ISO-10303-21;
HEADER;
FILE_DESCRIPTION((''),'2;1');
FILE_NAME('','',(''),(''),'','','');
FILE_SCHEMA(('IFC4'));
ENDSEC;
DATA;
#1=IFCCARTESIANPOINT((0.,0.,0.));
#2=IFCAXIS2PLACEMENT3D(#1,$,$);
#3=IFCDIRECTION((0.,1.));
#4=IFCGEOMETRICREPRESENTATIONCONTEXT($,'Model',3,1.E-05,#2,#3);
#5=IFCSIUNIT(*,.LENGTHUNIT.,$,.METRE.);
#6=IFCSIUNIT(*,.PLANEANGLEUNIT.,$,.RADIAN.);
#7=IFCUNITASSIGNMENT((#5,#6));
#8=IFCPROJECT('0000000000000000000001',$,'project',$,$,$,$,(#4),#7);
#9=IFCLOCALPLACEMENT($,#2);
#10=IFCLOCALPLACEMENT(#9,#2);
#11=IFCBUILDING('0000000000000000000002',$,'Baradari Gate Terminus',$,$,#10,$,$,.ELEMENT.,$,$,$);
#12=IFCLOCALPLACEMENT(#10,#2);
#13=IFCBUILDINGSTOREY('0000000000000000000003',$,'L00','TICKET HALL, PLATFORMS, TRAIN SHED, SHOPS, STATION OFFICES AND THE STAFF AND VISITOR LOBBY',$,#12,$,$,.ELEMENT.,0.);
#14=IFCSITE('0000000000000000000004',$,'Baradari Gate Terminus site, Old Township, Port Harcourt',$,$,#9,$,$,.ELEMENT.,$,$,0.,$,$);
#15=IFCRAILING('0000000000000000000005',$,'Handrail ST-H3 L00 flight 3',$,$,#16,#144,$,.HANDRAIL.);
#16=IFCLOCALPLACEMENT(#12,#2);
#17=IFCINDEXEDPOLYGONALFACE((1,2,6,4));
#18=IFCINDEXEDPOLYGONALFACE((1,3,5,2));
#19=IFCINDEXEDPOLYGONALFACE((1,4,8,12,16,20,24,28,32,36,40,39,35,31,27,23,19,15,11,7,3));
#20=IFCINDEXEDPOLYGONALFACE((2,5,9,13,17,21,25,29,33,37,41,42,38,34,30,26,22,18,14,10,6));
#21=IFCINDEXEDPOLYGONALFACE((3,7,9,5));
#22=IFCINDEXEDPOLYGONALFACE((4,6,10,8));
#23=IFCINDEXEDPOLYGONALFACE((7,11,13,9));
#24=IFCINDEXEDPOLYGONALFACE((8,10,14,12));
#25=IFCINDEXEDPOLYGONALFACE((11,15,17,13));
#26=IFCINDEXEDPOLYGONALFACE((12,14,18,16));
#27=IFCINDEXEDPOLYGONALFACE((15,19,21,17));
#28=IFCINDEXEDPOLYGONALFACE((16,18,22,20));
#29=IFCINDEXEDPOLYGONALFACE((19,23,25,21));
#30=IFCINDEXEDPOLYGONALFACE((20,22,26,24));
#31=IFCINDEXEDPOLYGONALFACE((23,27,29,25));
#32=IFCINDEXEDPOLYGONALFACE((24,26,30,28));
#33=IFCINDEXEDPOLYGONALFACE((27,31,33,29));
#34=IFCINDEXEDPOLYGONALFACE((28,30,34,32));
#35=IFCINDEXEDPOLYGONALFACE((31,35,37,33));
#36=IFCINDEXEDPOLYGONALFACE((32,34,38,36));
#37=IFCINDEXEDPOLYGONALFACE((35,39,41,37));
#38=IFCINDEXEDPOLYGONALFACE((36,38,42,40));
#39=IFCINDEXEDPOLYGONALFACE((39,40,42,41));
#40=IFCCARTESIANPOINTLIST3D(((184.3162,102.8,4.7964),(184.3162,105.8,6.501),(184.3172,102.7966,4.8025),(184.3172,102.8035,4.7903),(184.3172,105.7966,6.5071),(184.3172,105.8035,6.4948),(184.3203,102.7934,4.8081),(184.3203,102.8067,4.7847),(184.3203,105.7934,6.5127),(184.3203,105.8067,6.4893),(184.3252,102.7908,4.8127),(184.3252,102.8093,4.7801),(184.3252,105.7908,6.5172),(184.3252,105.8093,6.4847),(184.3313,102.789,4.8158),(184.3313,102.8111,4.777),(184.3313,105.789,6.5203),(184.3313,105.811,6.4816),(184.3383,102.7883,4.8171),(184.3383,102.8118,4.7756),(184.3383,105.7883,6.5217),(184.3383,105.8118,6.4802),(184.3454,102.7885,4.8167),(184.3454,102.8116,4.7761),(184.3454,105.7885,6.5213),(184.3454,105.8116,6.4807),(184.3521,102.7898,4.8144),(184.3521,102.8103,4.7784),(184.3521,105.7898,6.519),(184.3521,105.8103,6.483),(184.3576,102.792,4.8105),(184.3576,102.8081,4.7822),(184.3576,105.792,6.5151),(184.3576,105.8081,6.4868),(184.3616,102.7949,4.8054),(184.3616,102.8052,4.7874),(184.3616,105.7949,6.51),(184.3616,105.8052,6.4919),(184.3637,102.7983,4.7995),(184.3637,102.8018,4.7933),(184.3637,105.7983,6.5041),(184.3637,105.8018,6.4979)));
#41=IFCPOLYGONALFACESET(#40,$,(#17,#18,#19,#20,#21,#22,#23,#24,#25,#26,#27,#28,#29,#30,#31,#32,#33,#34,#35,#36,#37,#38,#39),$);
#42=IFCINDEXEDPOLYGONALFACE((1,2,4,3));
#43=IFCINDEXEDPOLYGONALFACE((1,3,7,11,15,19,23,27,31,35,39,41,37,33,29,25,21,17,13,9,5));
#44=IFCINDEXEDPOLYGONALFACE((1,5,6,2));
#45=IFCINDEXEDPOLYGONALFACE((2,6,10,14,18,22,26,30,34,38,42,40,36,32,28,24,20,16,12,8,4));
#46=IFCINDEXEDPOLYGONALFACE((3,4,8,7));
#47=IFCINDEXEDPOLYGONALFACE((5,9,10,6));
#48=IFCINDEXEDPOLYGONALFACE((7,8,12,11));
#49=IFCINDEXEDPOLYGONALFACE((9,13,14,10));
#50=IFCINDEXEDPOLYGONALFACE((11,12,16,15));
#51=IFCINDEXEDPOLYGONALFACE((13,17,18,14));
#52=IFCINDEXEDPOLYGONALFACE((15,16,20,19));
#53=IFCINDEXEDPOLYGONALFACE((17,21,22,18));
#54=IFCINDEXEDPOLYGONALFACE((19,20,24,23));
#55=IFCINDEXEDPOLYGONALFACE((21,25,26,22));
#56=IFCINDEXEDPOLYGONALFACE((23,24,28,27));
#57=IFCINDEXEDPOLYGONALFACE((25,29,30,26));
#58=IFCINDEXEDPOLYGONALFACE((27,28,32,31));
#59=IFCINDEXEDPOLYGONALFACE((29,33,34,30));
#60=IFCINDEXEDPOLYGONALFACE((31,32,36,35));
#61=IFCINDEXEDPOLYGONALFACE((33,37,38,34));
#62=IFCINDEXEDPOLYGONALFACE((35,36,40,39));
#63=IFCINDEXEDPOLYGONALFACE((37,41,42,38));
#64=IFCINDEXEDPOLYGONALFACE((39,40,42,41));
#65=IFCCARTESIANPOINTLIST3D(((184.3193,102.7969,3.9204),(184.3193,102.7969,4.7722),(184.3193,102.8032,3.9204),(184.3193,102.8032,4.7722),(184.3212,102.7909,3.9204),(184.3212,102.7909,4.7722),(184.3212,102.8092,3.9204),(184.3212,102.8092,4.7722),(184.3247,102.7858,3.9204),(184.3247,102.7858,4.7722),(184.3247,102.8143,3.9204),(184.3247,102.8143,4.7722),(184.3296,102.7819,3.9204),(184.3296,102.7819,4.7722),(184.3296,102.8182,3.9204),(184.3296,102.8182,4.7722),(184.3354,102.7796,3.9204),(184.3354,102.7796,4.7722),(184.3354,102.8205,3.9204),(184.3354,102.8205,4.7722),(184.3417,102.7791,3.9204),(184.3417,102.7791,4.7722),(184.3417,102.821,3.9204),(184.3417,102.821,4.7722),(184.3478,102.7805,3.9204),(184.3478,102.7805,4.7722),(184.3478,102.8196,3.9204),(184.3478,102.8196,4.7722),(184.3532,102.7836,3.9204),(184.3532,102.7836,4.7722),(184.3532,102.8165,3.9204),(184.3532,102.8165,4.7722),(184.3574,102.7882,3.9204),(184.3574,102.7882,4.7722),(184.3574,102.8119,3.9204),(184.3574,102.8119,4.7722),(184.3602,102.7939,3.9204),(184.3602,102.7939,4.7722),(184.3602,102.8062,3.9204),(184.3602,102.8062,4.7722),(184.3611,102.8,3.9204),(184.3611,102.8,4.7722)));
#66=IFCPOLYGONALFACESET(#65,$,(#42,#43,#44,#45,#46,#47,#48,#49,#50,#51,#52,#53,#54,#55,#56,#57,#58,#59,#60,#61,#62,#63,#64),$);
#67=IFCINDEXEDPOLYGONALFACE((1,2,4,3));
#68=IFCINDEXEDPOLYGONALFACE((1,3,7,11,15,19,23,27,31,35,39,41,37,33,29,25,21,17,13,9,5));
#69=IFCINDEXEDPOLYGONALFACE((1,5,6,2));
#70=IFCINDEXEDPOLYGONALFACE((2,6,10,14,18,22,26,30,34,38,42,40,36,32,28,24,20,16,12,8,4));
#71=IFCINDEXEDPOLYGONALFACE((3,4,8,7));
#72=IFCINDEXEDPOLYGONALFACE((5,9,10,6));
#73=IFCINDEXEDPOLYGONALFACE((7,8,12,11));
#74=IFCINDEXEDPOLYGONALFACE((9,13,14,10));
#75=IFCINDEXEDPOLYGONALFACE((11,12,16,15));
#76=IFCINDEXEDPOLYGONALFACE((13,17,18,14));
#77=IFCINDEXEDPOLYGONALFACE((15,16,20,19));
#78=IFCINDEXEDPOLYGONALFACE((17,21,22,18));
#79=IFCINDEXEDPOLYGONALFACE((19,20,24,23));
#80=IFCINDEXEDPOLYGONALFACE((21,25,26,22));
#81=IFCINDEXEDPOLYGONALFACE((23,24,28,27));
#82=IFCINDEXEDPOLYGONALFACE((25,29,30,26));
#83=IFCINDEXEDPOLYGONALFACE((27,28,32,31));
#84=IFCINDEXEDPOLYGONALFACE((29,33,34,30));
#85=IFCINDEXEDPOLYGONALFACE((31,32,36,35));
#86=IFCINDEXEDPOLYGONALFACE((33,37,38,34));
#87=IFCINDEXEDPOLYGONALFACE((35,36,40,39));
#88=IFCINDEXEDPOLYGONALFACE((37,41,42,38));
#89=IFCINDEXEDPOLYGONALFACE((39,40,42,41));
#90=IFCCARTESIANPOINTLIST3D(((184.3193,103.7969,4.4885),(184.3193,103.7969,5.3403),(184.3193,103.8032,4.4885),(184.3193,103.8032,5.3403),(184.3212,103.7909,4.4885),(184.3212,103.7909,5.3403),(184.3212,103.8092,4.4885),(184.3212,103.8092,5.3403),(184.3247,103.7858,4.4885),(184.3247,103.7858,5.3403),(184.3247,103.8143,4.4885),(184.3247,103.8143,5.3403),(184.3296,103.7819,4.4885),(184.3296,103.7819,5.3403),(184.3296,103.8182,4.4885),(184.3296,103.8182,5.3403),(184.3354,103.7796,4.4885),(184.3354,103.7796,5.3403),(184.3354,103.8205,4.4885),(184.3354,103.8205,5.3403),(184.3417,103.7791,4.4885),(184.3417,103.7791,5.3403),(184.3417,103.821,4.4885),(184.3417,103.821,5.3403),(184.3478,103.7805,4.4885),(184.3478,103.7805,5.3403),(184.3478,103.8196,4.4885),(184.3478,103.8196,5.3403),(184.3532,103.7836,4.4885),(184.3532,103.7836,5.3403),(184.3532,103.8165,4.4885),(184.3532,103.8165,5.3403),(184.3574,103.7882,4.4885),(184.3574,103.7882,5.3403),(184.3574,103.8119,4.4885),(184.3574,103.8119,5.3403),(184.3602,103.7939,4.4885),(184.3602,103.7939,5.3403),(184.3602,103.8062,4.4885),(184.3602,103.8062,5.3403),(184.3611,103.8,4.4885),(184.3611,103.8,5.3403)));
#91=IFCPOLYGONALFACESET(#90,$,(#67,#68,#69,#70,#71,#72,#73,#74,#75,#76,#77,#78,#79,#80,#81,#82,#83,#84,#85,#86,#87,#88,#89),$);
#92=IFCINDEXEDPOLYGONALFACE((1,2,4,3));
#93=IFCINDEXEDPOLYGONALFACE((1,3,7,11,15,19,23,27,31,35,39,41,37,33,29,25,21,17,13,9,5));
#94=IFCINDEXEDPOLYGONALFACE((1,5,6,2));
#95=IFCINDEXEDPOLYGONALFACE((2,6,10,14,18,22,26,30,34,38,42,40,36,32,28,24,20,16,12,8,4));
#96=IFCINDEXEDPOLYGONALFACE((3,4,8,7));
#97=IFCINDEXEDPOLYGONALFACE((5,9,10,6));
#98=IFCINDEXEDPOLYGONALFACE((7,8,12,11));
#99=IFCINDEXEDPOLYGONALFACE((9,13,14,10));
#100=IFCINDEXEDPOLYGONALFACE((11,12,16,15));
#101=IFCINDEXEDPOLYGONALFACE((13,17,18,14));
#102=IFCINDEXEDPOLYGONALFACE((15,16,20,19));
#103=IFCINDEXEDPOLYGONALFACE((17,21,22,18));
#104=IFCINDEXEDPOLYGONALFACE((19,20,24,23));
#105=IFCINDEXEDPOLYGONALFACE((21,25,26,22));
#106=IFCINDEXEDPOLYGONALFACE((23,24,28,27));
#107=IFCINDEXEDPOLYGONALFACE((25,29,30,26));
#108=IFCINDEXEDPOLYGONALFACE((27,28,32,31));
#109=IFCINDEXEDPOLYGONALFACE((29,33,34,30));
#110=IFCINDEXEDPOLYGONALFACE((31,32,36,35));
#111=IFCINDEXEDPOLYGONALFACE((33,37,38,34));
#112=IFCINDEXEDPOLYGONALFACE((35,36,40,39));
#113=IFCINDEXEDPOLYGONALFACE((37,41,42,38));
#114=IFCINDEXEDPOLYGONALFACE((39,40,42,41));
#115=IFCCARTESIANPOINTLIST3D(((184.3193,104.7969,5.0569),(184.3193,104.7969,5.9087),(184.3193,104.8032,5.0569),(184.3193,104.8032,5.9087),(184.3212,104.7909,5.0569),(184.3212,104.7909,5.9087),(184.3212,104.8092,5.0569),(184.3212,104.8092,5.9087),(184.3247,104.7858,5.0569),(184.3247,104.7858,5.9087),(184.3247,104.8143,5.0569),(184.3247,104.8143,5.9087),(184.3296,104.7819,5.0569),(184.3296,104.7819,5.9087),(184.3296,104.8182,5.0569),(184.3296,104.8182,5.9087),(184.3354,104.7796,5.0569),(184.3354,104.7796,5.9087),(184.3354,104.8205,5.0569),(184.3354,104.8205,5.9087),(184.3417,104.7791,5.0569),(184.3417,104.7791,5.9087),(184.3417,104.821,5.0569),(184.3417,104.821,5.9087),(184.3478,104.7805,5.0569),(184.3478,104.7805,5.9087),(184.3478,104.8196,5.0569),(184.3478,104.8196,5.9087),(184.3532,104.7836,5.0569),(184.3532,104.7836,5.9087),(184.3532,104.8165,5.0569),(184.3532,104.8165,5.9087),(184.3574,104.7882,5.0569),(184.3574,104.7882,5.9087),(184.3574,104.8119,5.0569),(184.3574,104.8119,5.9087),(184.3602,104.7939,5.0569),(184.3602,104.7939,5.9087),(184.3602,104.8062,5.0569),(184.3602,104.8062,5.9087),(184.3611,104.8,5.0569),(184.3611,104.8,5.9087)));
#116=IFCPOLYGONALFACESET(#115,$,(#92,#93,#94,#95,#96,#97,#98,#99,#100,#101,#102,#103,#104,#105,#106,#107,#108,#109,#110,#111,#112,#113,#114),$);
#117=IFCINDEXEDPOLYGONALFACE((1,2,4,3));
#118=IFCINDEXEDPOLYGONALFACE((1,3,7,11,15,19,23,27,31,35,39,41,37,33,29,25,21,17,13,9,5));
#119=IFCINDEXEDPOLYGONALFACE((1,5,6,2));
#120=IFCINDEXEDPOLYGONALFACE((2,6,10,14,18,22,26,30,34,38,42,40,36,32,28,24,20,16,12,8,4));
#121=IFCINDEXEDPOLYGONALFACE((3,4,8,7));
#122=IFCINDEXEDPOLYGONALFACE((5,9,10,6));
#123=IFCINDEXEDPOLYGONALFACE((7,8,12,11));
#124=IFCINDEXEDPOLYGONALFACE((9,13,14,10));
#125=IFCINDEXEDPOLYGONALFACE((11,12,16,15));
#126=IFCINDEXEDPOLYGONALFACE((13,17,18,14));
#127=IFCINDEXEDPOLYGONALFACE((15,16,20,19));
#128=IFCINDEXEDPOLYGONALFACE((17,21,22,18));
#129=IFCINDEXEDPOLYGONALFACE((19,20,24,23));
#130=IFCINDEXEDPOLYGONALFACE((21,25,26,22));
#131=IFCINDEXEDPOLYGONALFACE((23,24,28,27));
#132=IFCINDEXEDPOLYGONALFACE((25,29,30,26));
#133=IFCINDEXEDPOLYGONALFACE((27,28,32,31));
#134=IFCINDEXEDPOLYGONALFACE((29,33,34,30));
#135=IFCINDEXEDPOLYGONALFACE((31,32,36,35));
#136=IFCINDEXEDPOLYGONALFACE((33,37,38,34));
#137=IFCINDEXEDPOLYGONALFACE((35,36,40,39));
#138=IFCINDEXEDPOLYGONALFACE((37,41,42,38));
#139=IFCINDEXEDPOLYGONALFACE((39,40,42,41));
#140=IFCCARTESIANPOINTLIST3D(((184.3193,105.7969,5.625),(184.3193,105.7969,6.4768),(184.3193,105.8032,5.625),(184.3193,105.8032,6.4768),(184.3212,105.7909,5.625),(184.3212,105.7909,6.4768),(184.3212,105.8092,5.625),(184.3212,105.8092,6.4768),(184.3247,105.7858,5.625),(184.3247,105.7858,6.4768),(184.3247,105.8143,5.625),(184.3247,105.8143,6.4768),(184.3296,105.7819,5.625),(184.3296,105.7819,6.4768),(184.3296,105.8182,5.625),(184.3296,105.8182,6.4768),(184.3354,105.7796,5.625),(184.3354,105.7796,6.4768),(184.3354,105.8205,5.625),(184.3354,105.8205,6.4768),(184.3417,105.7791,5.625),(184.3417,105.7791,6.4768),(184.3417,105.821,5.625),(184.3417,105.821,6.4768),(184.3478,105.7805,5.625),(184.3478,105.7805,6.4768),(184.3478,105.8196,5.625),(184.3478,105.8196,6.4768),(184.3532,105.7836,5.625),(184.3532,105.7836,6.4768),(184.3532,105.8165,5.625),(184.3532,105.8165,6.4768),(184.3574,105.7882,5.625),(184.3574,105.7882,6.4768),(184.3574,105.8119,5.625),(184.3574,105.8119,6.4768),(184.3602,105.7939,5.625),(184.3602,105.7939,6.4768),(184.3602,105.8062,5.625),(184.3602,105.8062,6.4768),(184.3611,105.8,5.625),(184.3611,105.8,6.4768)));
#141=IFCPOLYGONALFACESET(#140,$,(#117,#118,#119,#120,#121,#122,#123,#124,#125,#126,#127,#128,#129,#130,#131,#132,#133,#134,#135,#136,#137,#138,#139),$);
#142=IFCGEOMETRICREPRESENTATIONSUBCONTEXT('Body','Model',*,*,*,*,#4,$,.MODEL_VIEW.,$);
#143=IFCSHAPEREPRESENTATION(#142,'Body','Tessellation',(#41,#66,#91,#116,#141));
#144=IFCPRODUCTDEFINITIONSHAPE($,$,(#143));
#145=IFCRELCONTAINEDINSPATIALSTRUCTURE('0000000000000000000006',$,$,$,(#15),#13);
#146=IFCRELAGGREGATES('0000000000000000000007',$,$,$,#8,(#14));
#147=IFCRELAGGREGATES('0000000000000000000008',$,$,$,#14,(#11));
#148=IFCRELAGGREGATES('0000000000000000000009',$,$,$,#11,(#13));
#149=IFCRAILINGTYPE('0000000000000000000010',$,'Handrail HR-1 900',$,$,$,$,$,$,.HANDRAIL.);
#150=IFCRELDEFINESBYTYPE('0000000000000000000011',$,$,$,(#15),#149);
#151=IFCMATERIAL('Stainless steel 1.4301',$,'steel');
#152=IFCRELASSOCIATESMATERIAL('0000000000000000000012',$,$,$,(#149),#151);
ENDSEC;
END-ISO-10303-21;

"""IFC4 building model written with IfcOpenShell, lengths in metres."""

from ifc_helpers import new_model, si_unit, direction, frame, origin, origin_2d, place, context, subcontext, project, spatial, circle, extrude, material, type_object, element, save


model = new_model("IFC4")

# Units and contexts
model_context = context("Model", 3, precision=1e-05, world=origin(), true_north=direction((0.0, 1.0)))
body_context = subcontext(model_context, "Body", "Model", "MODEL_VIEW")
ifc_project = project(units=[si_unit("LENGTHUNIT", "METRE"), si_unit("PLANEANGLEUNIT", "RADIAN")], contexts=[model_context])

# Site, building, storey
site_placement = place(None, origin())
site = spatial("IfcSite", under=ifc_project, at=site_placement, Name="Baradari Gate Terminus site, Old Township, Port Harcourt", CompositionType="ELEMENT", RefElevation=0.0)
building_placement = place(site_placement, origin())
building = spatial("IfcBuilding", under=site, at=building_placement, Name="Baradari Gate Terminus", CompositionType="ELEMENT")
storey_placement = place(building_placement, origin())
storey = spatial("IfcBuildingStorey", under=building, at=storey_placement, Name="L00", Description="TICKET HALL, PLATFORMS, TRAIN SHED, SHOPS, STATION OFFICES AND THE STAFF AND VISITOR LOBBY", CompositionType="ELEMENT", Elevation=0.0)

# Railing
ifc_material_1 = material(Name="Stainless steel 1.4301", Category="steel")
railing_type_1 = type_object("IfcRailingType", Name="Handrail HR-1 900", PredefinedType="HANDRAIL", material=ifc_material_1)
for number, where, name in (
    (1, (184.3401, 102.8, 3.9204), "Handrail ST-H3 L00 flight 3"),
):
    element("IfcRailing", number, at=place(storey_placement, frame(where)), inside=storey, type_object=railing_type_1, Name=name, PredefinedType="HANDRAIL", context=body_context, shape_type="SweptSolid", body=[
        extrude(circle(Radius=0.0239, at=origin_2d()), frame((0.0, 0.0, 0.876), z_axis=(0.0, 0.869451, 0.494019), x_axis=(-1.0, 0.0, 0.0)), (0.0, 0.0, 1.0), 3.4504),
        extrude(circle(Radius=0.021, at=origin_2d()), origin(), (0.0, 0.0, 1.0), 0.8518),
        extrude(circle(Radius=0.021, at=origin_2d()), frame((0.0, 1.0, 0.5681)), (0.0, 0.0, 1.0), 0.8518),
        extrude(circle(Radius=0.021, at=origin_2d()), frame((0.0, 2.0, 1.1365)), (0.0, 0.0, 1.0), 0.8518),
        extrude(circle(Radius=0.021, at=origin_2d()), frame((0.0, 3.0, 1.7046)), (0.0, 0.0, 1.0), 0.8518),
    ])

save(model, "model.ifc")
